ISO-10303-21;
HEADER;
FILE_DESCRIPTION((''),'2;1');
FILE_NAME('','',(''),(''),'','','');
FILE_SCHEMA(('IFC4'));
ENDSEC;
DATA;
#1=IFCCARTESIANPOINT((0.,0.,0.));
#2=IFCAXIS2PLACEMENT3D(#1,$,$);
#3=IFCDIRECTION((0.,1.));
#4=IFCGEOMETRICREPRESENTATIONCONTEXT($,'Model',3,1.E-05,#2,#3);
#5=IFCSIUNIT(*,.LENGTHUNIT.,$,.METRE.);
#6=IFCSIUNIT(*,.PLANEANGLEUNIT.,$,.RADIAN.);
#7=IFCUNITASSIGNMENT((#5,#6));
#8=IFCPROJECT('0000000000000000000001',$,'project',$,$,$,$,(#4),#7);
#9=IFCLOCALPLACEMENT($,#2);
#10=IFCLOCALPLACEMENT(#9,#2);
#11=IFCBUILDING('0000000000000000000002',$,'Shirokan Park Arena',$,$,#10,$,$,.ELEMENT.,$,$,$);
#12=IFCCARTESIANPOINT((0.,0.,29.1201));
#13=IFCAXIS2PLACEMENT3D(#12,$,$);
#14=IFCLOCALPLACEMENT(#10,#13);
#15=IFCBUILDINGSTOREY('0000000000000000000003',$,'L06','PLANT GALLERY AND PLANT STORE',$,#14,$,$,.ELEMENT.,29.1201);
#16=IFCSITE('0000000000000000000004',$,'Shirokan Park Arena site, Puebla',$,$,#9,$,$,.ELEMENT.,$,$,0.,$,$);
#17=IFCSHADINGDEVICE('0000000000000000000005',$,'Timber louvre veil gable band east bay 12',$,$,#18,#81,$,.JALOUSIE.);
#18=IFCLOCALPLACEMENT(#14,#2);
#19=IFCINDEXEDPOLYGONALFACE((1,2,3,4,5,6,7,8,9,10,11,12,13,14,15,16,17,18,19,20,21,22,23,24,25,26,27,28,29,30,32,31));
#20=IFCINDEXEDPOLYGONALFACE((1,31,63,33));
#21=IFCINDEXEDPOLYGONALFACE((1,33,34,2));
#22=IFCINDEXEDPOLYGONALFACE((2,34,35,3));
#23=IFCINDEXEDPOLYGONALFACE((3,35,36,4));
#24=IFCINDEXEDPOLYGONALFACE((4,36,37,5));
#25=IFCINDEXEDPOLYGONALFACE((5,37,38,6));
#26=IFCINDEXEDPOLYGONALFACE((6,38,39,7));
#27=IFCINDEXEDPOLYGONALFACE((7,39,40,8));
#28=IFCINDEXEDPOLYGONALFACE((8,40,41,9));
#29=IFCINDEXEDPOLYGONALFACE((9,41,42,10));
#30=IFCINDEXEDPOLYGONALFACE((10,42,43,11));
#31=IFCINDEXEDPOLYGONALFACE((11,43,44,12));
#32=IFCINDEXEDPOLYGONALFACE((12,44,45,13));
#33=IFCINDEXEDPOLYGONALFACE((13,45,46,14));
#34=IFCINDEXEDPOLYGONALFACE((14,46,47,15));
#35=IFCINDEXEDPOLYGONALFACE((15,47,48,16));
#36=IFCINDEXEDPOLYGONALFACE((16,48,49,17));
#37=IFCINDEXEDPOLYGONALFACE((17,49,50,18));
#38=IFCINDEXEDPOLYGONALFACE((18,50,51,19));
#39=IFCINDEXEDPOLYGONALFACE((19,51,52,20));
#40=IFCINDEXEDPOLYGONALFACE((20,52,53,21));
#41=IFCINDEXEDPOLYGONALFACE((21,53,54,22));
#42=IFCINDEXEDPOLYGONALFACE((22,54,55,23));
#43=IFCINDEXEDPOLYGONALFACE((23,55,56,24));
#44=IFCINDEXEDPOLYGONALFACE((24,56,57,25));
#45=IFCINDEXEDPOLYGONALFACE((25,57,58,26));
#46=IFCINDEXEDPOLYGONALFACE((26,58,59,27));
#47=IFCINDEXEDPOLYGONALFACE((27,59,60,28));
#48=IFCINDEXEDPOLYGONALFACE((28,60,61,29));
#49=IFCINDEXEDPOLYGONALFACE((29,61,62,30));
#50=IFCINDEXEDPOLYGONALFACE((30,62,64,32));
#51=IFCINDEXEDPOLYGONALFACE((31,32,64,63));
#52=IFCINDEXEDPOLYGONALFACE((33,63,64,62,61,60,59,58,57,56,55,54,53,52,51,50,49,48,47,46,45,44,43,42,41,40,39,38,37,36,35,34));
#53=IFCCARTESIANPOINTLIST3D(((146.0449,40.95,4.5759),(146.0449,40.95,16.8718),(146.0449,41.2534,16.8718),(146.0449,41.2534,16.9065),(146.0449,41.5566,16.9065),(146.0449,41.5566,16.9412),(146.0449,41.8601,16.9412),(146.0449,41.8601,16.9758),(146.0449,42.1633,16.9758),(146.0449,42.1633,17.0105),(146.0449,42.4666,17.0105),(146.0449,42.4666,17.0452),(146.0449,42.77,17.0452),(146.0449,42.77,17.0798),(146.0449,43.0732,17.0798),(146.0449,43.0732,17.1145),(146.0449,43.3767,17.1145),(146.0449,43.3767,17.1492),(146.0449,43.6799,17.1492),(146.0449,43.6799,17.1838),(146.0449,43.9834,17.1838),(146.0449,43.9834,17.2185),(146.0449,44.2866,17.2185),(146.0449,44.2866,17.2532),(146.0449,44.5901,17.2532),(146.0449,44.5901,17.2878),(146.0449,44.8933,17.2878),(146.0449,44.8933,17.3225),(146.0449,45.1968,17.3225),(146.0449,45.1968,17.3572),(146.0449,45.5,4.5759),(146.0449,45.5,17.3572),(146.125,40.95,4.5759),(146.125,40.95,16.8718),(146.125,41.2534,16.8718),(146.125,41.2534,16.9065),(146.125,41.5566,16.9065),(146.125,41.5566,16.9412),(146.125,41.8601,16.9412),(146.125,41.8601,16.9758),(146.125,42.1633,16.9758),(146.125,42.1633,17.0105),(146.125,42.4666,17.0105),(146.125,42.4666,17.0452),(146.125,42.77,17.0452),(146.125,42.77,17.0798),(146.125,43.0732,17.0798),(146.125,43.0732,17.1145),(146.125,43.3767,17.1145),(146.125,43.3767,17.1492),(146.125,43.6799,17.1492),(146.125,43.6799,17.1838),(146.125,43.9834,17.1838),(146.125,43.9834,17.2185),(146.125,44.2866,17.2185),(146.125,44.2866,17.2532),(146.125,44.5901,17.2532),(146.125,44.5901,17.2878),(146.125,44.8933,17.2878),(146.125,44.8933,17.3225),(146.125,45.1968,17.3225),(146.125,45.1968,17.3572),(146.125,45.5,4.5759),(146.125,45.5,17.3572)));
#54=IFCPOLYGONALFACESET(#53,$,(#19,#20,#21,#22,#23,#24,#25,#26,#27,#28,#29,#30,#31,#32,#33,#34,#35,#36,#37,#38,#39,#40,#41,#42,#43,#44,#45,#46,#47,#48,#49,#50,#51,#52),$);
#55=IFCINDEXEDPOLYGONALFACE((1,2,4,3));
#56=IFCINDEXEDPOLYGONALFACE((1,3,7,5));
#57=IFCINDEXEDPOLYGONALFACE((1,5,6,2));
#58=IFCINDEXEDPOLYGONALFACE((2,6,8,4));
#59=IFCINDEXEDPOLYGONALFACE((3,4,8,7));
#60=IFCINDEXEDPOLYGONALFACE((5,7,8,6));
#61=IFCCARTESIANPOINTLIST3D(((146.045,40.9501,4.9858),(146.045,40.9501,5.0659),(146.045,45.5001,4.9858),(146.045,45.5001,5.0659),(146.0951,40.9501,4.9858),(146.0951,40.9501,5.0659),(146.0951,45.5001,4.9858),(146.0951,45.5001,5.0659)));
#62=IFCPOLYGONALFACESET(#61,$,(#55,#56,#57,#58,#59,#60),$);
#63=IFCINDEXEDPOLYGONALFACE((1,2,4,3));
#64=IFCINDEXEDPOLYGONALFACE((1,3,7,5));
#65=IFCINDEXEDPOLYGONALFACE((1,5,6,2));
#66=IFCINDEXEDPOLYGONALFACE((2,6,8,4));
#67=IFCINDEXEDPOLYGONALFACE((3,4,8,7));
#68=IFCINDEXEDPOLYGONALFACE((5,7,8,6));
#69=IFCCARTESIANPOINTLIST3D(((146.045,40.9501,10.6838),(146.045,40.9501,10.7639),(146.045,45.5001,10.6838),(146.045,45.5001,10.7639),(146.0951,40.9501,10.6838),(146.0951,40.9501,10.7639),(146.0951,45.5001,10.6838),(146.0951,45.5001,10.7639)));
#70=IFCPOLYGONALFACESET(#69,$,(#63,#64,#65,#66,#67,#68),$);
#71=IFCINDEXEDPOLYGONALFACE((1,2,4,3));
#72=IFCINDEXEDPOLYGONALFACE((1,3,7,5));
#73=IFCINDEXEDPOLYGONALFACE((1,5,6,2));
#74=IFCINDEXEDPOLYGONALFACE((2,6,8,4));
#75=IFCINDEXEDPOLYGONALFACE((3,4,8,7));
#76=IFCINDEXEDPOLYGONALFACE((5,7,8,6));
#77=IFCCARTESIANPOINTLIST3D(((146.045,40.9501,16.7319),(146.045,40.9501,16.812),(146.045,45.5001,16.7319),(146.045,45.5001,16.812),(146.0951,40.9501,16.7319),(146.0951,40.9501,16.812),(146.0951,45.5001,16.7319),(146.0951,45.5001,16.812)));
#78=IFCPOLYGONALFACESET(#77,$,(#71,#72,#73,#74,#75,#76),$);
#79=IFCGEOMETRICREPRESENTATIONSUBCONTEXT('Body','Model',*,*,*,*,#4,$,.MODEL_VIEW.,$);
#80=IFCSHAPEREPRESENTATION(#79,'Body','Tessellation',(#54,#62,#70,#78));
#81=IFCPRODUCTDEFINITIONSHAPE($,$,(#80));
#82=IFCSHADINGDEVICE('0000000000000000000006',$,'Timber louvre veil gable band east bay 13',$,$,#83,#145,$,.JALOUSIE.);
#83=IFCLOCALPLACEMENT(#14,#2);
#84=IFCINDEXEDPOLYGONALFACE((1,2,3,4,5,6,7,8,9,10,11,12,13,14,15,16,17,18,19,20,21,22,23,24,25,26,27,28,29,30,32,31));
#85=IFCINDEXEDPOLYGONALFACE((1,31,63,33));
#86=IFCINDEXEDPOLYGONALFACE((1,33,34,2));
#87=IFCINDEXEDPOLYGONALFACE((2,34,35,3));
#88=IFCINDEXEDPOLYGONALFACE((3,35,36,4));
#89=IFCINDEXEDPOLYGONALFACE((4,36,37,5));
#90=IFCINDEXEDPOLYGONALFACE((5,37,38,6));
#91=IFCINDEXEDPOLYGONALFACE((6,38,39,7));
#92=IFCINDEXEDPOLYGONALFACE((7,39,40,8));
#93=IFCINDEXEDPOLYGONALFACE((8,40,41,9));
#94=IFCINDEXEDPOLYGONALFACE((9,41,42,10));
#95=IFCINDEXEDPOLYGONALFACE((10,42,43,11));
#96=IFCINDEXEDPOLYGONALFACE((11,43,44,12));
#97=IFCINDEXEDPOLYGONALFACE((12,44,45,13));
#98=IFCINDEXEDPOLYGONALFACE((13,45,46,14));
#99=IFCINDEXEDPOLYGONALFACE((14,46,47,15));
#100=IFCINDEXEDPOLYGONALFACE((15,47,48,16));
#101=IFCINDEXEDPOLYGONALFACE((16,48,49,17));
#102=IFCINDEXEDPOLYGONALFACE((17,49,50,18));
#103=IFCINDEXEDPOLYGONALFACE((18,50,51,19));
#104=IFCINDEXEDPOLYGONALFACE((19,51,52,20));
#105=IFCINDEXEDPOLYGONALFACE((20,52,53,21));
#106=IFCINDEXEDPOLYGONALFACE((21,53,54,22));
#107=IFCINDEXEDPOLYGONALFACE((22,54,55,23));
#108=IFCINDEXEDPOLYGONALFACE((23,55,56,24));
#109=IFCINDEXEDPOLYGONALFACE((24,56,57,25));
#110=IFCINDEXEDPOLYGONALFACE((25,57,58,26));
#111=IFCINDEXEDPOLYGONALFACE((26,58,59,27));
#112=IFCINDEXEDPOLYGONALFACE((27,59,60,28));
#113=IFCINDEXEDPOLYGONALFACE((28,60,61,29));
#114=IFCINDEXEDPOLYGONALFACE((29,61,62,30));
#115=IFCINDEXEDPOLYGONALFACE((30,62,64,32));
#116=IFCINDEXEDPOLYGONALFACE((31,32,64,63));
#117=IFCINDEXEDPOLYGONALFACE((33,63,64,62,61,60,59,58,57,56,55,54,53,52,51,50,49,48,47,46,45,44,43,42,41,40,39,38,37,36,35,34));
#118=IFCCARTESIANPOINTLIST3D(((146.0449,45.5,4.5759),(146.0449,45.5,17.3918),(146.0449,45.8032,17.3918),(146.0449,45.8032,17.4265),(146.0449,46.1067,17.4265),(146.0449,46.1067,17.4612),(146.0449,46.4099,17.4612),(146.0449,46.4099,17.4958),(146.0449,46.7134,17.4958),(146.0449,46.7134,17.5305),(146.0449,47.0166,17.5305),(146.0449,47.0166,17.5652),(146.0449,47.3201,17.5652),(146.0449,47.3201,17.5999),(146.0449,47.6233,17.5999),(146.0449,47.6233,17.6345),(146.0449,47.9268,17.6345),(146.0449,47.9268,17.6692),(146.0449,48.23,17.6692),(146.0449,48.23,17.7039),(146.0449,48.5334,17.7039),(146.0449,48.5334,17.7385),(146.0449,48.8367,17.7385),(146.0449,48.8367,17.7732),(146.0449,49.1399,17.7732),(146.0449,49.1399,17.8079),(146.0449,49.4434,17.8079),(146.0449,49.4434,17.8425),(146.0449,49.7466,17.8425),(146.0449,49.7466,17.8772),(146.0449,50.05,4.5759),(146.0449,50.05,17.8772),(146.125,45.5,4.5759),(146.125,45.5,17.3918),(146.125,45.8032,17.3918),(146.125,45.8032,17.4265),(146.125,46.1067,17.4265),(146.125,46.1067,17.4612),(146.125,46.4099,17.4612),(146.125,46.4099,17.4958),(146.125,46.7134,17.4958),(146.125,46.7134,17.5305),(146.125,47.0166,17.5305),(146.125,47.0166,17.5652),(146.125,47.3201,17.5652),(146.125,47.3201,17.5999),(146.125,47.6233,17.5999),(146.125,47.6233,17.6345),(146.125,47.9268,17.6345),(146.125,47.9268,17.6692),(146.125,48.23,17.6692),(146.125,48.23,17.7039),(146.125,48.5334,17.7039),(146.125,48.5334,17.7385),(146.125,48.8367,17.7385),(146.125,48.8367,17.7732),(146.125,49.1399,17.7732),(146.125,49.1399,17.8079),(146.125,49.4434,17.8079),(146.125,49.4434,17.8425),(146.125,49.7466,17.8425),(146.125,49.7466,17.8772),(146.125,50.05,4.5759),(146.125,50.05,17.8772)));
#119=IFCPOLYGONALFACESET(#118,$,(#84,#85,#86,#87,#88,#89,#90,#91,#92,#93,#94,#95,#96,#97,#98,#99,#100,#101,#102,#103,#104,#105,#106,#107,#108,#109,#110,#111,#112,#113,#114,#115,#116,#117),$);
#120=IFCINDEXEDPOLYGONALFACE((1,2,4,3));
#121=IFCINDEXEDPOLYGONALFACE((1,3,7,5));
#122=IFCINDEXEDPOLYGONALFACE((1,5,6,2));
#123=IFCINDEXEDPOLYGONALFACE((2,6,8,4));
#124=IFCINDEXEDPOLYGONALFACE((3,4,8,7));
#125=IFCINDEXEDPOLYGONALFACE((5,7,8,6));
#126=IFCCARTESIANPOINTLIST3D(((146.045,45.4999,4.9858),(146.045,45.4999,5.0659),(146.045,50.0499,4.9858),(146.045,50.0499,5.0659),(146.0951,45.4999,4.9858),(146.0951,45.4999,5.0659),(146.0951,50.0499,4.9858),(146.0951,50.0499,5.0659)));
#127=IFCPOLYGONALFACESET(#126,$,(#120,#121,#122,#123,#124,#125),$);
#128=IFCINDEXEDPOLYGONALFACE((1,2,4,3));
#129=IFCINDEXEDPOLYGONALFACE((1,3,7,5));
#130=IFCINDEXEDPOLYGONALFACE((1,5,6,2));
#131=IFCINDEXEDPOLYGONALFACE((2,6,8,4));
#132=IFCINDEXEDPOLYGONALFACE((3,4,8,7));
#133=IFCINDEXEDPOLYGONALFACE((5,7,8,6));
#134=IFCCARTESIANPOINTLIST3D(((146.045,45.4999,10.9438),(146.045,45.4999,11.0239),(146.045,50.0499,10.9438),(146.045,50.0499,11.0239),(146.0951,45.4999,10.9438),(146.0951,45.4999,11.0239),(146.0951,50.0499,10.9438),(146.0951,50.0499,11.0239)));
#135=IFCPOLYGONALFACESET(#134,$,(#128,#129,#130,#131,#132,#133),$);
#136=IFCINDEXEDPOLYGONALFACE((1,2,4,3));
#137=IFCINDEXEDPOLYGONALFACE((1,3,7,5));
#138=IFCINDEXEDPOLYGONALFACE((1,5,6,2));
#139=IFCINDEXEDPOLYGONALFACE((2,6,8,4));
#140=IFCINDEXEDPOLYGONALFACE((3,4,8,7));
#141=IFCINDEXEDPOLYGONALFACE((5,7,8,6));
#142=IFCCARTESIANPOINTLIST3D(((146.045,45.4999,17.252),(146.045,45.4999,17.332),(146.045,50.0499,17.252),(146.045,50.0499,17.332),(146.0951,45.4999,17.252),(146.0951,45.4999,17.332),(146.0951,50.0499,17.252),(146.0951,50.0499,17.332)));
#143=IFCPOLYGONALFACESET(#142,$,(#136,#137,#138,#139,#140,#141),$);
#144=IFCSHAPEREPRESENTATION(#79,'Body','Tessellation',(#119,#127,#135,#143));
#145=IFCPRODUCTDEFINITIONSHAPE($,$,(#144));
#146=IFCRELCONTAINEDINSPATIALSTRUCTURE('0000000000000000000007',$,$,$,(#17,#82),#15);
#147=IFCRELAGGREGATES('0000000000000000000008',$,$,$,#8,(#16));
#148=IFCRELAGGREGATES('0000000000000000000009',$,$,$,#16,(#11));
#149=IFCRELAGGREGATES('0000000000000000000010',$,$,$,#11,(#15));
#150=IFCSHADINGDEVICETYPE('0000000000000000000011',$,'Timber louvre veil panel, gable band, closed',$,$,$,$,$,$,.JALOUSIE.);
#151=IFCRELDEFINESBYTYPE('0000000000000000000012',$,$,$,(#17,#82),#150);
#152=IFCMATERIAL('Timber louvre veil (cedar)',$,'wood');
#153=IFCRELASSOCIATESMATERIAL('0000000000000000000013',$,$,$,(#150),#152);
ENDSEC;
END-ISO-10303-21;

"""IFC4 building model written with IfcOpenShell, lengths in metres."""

from ifc_helpers import new_model, si_unit, direction, frame, origin, origin_2d, place, context, subcontext, project, spatial, polyline, rectangle, outline, extrude, material, type_object, element, save


model = new_model("IFC4")

# Units and contexts
model_context = context("Model", 3, precision=1e-05, world=origin(), true_north=direction((0.0, 1.0)))
body_context = subcontext(model_context, "Body", "Model", "MODEL_VIEW")
ifc_project = project(units=[si_unit("LENGTHUNIT", "METRE"), si_unit("PLANEANGLEUNIT", "RADIAN")], contexts=[model_context])

# Site, building, storey
site_placement = place(None, origin())
site = spatial("IfcSite", under=ifc_project, at=site_placement, Name="Shirokan Park Arena site, Puebla", CompositionType="ELEMENT", RefElevation=0.0)
building_placement = place(site_placement, origin())
building = spatial("IfcBuilding", under=site, at=building_placement, Name="Shirokan Park Arena", CompositionType="ELEMENT")
storey_placement = place(building_placement, frame((0.0, 0.0, 29.1201)))
storey = spatial("IfcBuildingStorey", under=building, at=storey_placement, Name="L06", Description="PLANT GALLERY AND PLANT STORE", CompositionType="ELEMENT", Elevation=29.1201)

# Shading devices
ifc_material_1 = material(Name="Timber louvre veil (cedar)", Category="wood")
shading_device_type = type_object("IfcShadingDeviceType", Name="Timber louvre veil panel, gable band, closed", PredefinedType="JALOUSIE", material=ifc_material_1)
shading_device_1_placement = place(storey_placement, origin())
element("IfcShadingDevice", 1, at=shading_device_1_placement, inside=storey, type_object=shading_device_type, Name="Timber louvre veil gable band east bay 12", PredefinedType="JALOUSIE", context=body_context, shape_type="SweptSolid", body=[
    extrude(outline(polyline([(41.2534, 16.8718), (40.95, 16.8718), (40.95, 4.5759), (45.5, 4.5759), (45.5, 17.3572), (45.1968, 17.3572), (45.1968, 17.3225), (44.8933, 17.3225), (44.8933, 17.2878), (44.5901, 17.2878), (44.5901, 17.2532), (44.2866, 17.2532), (44.2866, 17.2185), (43.9834, 17.2185), (43.9834, 17.1838), (43.6799, 17.1838), (43.6799, 17.1492), (43.3767, 17.1492), (43.3767, 17.1145), (43.0732, 17.1145), (43.0732, 17.0798), (42.77, 17.0798), (42.77, 17.0452), (42.4666, 17.0452), (42.4666, 17.0105), (42.1633, 17.0105), (42.1633, 16.9758), (41.8601, 16.9758), (41.8601, 16.9412), (41.5566, 16.9412), (41.5566, 16.9065), (41.2534, 16.9065), (41.2534, 16.8718)])), frame((146.0449, 0.0, 0.0), z_axis=(1.0, 0.0, 0.0), x_axis=(0.0, 1.0, 0.0)), (0.0, 0.0, 1.0), 0.0801),
    extrude(rectangle(XDim=0.05, YDim=4.55, at=origin_2d()), frame((146.0701, 43.2251, 4.9858), z_axis=(0.0, 0.0, 1.0), x_axis=(1.0, 0.0, 0.0)), (0.0, 0.0, 1.0), 0.0801),
    extrude(rectangle(XDim=0.05, YDim=4.55, at=origin_2d()), frame((146.0701, 43.2251, 10.6838), z_axis=(0.0, 0.0, 1.0), x_axis=(1.0, 0.0, 0.0)), (0.0, 0.0, 1.0), 0.0801),
    extrude(rectangle(XDim=0.05, YDim=4.55, at=origin_2d()), frame((146.0701, 43.2251, 16.7319), z_axis=(0.0, 0.0, 1.0), x_axis=(1.0, 0.0, 0.0)), (0.0, 0.0, 1.0), 0.0801),
])
shading_device_2_placement = place(storey_placement, origin())
element("IfcShadingDevice", 2, at=shading_device_2_placement, inside=storey, type_object=shading_device_type, Name="Timber louvre veil gable band east bay 13", PredefinedType="JALOUSIE", context=body_context, shape_type="SweptSolid", body=[
    extrude(outline(polyline([(45.8032, 17.3918), (45.5, 17.3918), (45.5, 4.5759), (50.05, 4.5759), (50.05, 17.8772), (49.7466, 17.8772), (49.7466, 17.8425), (49.4434, 17.8425), (49.4434, 17.8079), (49.1399, 17.8079), (49.1399, 17.7732), (48.8367, 17.7732), (48.8367, 17.7385), (48.5334, 17.7385), (48.5334, 17.7039), (48.23, 17.7039), (48.23, 17.6692), (47.9268, 17.6692), (47.9268, 17.6345), (47.6233, 17.6345), (47.6233, 17.5999), (47.3201, 17.5999), (47.3201, 17.5652), (47.0166, 17.5652), (47.0166, 17.5305), (46.7134, 17.5305), (46.7134, 17.4958), (46.4099, 17.4958), (46.4099, 17.4612), (46.1067, 17.4612), (46.1067, 17.4265), (45.8032, 17.4265), (45.8032, 17.3918)])), frame((146.0449, 0.0, 0.0), z_axis=(1.0, 0.0, 0.0), x_axis=(0.0, 1.0, 0.0)), (0.0, 0.0, 1.0), 0.0801),
    extrude(rectangle(XDim=0.05, YDim=4.55, at=origin_2d()), frame((146.0701, 47.7749, 4.9858), z_axis=(0.0, 0.0, 1.0), x_axis=(1.0, 0.0, 0.0)), (0.0, 0.0, 1.0), 0.0801),
    extrude(rectangle(XDim=0.05, YDim=4.55, at=origin_2d()), frame((146.0701, 47.7749, 10.9438), z_axis=(0.0, 0.0, 1.0), x_axis=(1.0, 0.0, 0.0)), (0.0, 0.0, 1.0), 0.0801),
    extrude(rectangle(XDim=0.05, YDim=4.55, at=origin_2d()), frame((146.0701, 47.7749, 17.252), z_axis=(0.0, 0.0, 1.0), x_axis=(1.0, 0.0, 0.0)), (0.0, 0.0, 1.0), 0.0801),
])

save(model, "model.ifc")
